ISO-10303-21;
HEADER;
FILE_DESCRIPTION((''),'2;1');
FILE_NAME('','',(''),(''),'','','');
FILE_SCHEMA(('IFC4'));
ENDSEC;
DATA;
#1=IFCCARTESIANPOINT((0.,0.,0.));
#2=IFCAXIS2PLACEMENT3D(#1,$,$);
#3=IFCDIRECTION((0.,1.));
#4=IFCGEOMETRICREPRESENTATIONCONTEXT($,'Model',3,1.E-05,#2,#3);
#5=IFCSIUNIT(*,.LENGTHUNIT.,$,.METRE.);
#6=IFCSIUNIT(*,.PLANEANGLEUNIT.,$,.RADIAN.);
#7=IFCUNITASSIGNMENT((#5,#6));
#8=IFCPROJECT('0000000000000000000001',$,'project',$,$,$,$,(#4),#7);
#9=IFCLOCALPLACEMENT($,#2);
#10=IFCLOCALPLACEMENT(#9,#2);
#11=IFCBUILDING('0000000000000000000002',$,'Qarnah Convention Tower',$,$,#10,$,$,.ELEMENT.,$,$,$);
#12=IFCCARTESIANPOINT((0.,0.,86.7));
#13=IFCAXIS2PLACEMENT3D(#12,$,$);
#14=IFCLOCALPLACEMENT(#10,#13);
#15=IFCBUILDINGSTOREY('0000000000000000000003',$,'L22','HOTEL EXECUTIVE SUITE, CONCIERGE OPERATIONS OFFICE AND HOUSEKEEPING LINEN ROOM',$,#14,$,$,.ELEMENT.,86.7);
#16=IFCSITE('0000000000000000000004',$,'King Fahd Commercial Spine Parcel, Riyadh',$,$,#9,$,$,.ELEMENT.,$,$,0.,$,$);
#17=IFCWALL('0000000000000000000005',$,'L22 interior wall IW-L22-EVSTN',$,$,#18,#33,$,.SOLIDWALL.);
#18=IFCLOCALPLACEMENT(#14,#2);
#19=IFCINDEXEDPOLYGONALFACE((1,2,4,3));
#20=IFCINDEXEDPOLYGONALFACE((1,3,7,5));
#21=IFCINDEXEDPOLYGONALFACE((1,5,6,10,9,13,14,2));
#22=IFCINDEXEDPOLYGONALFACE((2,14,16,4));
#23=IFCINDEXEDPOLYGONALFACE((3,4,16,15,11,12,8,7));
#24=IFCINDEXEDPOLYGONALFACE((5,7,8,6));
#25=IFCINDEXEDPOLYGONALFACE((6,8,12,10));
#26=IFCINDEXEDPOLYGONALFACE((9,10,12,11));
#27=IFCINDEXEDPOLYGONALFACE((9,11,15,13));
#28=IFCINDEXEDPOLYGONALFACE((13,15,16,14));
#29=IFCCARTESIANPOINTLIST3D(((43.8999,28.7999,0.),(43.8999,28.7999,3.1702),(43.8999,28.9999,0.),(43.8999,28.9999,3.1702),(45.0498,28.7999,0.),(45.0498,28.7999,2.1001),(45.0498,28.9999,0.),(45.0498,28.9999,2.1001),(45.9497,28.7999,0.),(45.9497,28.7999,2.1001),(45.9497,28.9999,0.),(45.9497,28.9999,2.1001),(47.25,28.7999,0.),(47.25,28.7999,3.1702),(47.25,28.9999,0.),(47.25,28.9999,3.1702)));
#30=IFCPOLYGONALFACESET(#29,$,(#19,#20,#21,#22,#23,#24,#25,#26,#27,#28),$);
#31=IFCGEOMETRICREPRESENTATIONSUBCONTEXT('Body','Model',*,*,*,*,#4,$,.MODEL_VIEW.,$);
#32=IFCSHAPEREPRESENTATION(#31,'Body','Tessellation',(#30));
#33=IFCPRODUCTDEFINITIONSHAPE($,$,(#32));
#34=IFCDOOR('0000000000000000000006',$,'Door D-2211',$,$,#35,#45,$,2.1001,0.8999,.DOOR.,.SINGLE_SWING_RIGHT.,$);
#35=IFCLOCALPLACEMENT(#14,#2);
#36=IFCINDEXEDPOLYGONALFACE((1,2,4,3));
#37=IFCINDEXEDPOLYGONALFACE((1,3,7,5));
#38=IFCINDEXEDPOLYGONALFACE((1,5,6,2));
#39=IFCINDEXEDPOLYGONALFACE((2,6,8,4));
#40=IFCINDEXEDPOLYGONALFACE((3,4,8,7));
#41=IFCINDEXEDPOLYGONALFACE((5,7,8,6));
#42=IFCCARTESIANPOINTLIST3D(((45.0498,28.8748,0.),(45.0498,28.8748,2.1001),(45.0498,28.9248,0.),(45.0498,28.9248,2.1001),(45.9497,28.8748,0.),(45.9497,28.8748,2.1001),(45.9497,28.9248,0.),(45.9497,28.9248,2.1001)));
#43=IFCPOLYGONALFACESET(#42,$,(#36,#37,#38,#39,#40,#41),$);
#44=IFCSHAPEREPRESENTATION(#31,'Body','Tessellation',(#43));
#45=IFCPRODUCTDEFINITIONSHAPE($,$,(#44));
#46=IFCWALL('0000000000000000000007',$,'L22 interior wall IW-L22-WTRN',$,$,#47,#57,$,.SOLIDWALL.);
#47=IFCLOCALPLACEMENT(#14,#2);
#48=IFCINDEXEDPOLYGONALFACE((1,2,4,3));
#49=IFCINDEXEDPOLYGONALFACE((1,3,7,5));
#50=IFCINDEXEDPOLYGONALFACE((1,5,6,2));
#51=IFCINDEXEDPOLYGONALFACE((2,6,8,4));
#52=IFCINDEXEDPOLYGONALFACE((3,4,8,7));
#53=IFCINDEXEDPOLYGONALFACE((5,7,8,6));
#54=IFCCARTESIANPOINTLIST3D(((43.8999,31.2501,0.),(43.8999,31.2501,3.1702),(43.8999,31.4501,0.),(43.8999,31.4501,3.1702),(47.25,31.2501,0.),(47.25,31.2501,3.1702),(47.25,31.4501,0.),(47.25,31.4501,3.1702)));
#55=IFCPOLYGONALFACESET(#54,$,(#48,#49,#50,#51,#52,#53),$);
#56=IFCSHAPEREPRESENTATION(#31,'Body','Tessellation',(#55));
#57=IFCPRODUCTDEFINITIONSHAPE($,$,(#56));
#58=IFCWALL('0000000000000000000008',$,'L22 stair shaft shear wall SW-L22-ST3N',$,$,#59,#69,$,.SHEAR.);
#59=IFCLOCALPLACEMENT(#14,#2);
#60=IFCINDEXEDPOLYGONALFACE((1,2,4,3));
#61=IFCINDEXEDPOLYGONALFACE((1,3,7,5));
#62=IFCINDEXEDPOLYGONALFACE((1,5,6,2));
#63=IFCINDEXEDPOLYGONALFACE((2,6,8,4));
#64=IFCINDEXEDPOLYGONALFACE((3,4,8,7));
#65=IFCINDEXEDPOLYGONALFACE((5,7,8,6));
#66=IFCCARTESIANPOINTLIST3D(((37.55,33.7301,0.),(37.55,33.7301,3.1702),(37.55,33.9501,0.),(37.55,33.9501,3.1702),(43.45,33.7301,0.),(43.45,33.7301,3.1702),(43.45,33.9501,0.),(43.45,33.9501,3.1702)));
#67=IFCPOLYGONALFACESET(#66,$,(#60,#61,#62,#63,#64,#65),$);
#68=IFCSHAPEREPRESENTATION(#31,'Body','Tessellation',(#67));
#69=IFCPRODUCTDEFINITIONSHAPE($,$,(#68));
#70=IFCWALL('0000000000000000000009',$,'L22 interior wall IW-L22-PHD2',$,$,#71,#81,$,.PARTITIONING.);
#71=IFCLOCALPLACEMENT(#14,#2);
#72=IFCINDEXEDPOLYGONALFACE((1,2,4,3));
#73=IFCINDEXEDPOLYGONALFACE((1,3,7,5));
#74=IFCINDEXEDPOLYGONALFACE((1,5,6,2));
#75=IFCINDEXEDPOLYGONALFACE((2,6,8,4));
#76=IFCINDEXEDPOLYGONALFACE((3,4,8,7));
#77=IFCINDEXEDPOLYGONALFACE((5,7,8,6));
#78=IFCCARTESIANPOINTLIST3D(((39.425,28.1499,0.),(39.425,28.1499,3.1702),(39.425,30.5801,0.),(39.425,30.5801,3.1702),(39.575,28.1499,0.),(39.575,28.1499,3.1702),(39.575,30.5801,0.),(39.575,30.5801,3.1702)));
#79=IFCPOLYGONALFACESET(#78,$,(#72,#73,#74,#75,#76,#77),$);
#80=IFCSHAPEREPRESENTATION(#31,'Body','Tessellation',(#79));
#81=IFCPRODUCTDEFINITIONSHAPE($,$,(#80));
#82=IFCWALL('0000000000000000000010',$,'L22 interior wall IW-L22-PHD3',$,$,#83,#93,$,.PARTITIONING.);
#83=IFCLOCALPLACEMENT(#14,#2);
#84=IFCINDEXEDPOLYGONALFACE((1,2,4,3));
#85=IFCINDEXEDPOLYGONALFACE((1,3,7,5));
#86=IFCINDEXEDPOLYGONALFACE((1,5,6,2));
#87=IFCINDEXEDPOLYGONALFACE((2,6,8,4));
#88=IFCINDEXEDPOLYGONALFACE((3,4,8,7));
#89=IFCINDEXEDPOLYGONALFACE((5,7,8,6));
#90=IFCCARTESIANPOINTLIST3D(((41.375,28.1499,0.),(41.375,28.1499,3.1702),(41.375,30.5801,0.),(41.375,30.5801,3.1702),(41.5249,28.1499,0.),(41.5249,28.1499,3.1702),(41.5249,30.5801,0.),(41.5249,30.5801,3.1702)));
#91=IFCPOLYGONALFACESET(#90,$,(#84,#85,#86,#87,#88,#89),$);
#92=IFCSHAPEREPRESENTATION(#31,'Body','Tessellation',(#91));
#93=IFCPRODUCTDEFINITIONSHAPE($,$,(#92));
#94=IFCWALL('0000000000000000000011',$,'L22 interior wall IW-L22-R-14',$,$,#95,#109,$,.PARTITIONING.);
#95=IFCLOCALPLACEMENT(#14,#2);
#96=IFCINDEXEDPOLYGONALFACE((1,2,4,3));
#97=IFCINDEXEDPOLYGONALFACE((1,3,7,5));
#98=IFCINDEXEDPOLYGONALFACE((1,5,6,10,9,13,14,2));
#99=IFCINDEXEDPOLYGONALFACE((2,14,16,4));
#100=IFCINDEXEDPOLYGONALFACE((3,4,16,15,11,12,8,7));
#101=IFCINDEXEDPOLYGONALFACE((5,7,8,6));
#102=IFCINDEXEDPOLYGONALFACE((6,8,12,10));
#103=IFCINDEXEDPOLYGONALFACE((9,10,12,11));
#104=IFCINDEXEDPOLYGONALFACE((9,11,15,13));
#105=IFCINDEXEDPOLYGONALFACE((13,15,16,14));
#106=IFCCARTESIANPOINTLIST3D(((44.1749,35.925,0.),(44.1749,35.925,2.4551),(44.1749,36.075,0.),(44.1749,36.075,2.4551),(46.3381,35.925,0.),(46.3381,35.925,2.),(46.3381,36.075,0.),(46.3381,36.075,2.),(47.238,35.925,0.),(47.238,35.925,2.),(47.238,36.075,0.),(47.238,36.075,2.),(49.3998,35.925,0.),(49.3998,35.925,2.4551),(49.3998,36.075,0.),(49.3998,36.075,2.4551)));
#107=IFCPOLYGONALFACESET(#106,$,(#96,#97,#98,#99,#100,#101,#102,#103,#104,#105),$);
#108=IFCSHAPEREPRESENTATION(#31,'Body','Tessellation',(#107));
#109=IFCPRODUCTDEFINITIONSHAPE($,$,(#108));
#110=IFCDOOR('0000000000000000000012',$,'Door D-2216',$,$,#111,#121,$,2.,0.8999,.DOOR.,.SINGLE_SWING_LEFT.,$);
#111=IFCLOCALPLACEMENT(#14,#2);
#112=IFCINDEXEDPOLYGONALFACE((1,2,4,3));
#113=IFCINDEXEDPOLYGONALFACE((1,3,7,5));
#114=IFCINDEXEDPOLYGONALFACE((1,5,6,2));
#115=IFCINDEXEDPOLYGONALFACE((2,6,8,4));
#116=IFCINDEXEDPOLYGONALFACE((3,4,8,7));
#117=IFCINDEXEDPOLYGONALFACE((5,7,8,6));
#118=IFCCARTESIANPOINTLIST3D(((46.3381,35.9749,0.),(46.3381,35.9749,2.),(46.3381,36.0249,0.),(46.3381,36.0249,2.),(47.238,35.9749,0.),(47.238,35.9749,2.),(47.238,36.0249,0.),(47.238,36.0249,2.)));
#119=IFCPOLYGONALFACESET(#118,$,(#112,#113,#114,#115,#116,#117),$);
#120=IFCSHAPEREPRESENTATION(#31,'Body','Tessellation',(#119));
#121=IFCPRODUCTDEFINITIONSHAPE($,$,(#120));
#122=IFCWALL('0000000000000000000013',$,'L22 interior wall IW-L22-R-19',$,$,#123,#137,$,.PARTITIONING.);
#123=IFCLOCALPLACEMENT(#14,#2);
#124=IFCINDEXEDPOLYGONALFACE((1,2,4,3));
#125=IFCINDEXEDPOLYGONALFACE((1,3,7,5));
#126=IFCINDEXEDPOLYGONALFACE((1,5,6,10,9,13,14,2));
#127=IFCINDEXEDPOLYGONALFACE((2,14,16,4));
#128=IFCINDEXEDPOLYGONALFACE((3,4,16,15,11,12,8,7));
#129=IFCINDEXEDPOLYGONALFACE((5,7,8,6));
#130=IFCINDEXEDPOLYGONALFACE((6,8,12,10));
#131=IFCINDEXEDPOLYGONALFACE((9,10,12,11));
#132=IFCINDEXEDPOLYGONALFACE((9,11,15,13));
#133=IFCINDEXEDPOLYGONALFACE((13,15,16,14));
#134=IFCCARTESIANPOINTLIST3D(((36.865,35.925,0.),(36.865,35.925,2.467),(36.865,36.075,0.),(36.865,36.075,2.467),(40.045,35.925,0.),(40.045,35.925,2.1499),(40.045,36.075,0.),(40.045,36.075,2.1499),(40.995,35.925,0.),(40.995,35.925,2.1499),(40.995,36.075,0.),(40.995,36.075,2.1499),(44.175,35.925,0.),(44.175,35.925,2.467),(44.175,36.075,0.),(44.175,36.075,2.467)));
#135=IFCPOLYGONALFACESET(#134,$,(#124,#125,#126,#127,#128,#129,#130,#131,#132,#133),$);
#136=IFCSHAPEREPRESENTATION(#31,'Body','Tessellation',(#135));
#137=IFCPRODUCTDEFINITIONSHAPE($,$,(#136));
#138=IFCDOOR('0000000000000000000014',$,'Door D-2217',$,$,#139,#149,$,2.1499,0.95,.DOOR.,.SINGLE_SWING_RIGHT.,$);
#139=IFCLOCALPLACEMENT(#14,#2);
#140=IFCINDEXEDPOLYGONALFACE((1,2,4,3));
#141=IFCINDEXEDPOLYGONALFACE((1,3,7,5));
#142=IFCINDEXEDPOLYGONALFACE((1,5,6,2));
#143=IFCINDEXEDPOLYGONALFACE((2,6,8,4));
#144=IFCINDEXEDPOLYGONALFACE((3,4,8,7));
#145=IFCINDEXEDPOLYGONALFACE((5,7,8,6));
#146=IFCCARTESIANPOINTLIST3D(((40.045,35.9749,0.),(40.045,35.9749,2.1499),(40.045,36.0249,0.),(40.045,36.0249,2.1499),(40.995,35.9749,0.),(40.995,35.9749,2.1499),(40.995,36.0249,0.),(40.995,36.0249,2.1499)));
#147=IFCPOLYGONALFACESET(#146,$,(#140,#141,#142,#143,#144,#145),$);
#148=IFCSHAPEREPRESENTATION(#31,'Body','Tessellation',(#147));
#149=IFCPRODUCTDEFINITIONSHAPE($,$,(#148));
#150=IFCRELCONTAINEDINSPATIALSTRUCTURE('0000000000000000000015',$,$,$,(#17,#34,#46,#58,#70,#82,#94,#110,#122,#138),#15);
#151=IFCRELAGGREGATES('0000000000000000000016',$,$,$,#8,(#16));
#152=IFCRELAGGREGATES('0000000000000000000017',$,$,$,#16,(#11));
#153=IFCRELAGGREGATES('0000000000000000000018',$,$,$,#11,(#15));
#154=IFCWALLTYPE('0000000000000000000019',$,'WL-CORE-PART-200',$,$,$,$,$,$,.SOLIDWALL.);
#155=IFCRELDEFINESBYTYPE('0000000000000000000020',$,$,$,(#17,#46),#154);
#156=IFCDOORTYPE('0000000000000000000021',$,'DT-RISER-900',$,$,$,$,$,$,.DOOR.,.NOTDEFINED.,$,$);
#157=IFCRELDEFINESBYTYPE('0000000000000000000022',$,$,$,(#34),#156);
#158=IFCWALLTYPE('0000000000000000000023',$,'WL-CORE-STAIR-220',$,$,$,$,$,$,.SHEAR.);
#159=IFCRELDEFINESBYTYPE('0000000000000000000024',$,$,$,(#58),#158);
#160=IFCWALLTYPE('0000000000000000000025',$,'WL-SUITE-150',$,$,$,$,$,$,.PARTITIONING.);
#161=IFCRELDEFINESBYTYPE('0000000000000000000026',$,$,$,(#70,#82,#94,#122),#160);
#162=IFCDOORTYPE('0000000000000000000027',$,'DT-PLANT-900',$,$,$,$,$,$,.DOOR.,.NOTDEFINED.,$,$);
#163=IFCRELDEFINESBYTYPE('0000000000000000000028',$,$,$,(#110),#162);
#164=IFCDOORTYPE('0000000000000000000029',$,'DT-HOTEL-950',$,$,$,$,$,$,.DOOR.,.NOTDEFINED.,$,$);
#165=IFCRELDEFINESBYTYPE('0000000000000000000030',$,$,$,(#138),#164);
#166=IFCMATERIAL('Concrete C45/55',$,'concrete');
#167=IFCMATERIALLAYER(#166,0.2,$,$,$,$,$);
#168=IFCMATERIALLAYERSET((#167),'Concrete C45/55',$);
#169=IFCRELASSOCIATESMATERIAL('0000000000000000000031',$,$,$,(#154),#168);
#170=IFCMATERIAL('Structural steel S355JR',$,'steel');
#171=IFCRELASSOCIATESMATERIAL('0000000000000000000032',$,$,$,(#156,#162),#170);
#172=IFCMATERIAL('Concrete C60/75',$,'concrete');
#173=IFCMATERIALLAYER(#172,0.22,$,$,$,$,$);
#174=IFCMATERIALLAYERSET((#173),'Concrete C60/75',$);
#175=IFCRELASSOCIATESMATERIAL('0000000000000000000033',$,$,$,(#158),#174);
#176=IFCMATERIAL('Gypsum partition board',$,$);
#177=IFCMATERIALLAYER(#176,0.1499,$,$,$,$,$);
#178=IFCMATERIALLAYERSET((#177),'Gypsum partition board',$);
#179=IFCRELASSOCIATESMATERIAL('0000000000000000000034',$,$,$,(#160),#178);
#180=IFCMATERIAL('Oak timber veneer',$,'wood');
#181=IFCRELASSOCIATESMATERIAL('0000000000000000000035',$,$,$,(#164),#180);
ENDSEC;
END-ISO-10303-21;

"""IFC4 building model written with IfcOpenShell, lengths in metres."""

from ifc_helpers import new_model, si_unit, direction, frame, frame_2d, origin, place, context, subcontext, project, spatial, rectangle, extrude, material, layer, layer_set, type_object, element, fill, save


model = new_model("IFC4")

# Units and contexts
model_context = context("Model", 3, precision=1e-05, world=origin(), true_north=direction((0.0, 1.0)))
body_context = subcontext(model_context, "Body", "Model", "MODEL_VIEW")
ifc_project = project(units=[si_unit("LENGTHUNIT", "METRE"), si_unit("PLANEANGLEUNIT", "RADIAN")], contexts=[model_context])

# Site, building, storey
site_placement = place(None, origin())
site = spatial("IfcSite", under=ifc_project, at=site_placement, Name="King Fahd Commercial Spine Parcel, Riyadh", CompositionType="ELEMENT", RefElevation=0.0)
building_placement = place(site_placement, origin())
building = spatial("IfcBuilding", under=site, at=building_placement, Name="Qarnah Convention Tower", CompositionType="ELEMENT")
storey_placement = place(building_placement, frame((0.0, 0.0, 86.7)))
storey = spatial("IfcBuildingStorey", under=building, at=storey_placement, Name="L22", Description="HOTEL EXECUTIVE SUITE, CONCIERGE OPERATIONS OFFICE AND HOUSEKEEPING LINEN ROOM", CompositionType="ELEMENT", Elevation=86.7)

# Shared definitions
ifc_material_1 = material(Name="Structural steel S355JR", Category="steel")

# Wall, opening, door
ifc_material_2 = material(Name="Concrete C45/55", Category="concrete")
ifc_layer_1 = layer(ifc_material_2, 0.2)
ifc_layer_set_1 = layer_set([ifc_layer_1], Name="Concrete C45/55")
wall_type_1 = type_object("IfcWallType", Name="WL-CORE-PART-200", PredefinedType="SOLIDWALL", material=ifc_layer_set_1)
wall_1_placement = place(storey_placement, frame((43.8999, 28.8999, 0.0), z_axis=(0.0, 0.0, 1.0), x_axis=(1.0, 0.0, 0.0)))
wall_1 = element("IfcWall", 1, at=wall_1_placement, inside=storey, type_object=wall_type_1, Name="L22 interior wall IW-L22-EVSTN", PredefinedType="SOLIDWALL", context=body_context, shape_type="SweptSolid", body=[
    extrude(rectangle(XDim=3.3501, YDim=0.2, at=frame_2d((1.675, 0.0))), origin(), (0.0, 0.0, 1.0), 3.1702),
])
opening_1_placement = place(wall_1_placement, frame((1.1499, 0.0, 0.0)))
opening_1 = element("IfcOpeningElement", 2, at=opening_1_placement, cuts=wall_1, PredefinedType="OPENING", context=body_context, shape_type="SweptSolid", body=[
    extrude(rectangle(XDim=0.8999, YDim=2.1001, at=frame_2d((0.45, 1.05))), frame((0.0, 0.1099, 0.0), z_axis=(0.0, -1.0, 0.0), x_axis=(1.0, 0.0, 0.0)), (0.0, 0.0, 1.0), 0.22),
])
door_type_1 = type_object("IfcDoorType", Name="DT-RISER-900", OperationType="NOTDEFINED", PredefinedType="DOOR", material=ifc_material_1)
door_1_placement = place(opening_1_placement, origin())
door_1 = element("IfcDoor", 3, at=door_1_placement, inside=storey, type_object=door_type_1, Name="Door D-2211", OperationType="SINGLE_SWING_RIGHT", OverallHeight=2.1001, OverallWidth=0.8999, PredefinedType="DOOR", context=body_context, shape_type="SweptSolid", body=[
    extrude(rectangle(XDim=0.8999, YDim=2.1001, at=frame_2d((0.45, 1.05))), frame((0.0, 0.0249, 0.0), z_axis=(0.0, -1.0, 0.0), x_axis=(1.0, 0.0, 0.0)), (0.0, 0.0, 1.0), 0.05),
])
fill(opening_1, door_1)

# Walls
wall_2_placement = place(storey_placement, frame((43.8999, 31.3501, 0.0), z_axis=(0.0, 0.0, 1.0), x_axis=(1.0, 0.0, 0.0)))
element("IfcWall", 4, at=wall_2_placement, inside=storey, type_object=wall_type_1, Name="L22 interior wall IW-L22-WTRN", PredefinedType="SOLIDWALL", context=body_context, shape_type="SweptSolid", body=[
    extrude(rectangle(XDim=3.3501, YDim=0.2, at=frame_2d((1.675, 0.0))), origin(), (0.0, 0.0, 1.0), 3.1702),
])
ifc_material_3 = material(Name="Concrete C60/75", Category="concrete")
ifc_layer_2 = layer(ifc_material_3, 0.22)
ifc_layer_set_2 = layer_set([ifc_layer_2], Name="Concrete C60/75")
wall_type_2 = type_object("IfcWallType", Name="WL-CORE-STAIR-220", PredefinedType="SHEAR", material=ifc_layer_set_2)
wall_3_placement = place(storey_placement, frame((37.55, 33.8401, 0.0), z_axis=(0.0, 0.0, 1.0), x_axis=(1.0, 0.0, 0.0)))
element("IfcWall", 5, at=wall_3_placement, inside=storey, type_object=wall_type_2, Name="L22 stair shaft shear wall SW-L22-ST3N", PredefinedType="SHEAR", context=body_context, shape_type="SweptSolid", body=[
    extrude(rectangle(XDim=5.8999, YDim=0.22, at=frame_2d((2.95, 0.0))), origin(), (0.0, 0.0, 1.0), 3.1702),
])
ifc_material_4 = material(Name="Gypsum partition board")
ifc_layer_3 = layer(ifc_material_4, 0.1499)
ifc_layer_set_3 = layer_set([ifc_layer_3], Name="Gypsum partition board")
wall_type_3 = type_object("IfcWallType", Name="WL-SUITE-150", PredefinedType="PARTITIONING", material=ifc_layer_set_3)
for number, where, z_axis, x_axis, name in (
    (6, (39.5, 28.1499, 0.0), (0.0, 0.0, 1.0), (0.0, 1.0, 0.0), "L22 interior wall IW-L22-PHD2"),
    (7, (41.45, 28.1499, 0.0), (0.0, 0.0, 1.0), (0.0, 1.0, 0.0), "L22 interior wall IW-L22-PHD3"),
):
    element("IfcWall", number, at=place(storey_placement, frame(where, z_axis=z_axis, x_axis=x_axis)), inside=storey, type_object=wall_type_3, Name=name, PredefinedType="PARTITIONING", context=body_context, shape_type="SweptSolid", body=[
        extrude(rectangle(XDim=2.4302, YDim=0.1499, at=frame_2d((1.2151, 0.0))), origin(), (0.0, 0.0, 1.0), 3.1702),
    ])

# Walls, openings, doors
wall_4_placement = place(storey_placement, frame((44.175, 36.0, 0.0), z_axis=(0.0, 0.0, 1.0), x_axis=(1.0, 0.0, 0.0)))
wall_4 = element("IfcWall", 8, at=wall_4_placement, inside=storey, type_object=wall_type_3, Name="L22 interior wall IW-L22-R-14", PredefinedType="PARTITIONING", context=body_context, shape_type="SweptSolid", body=[
    extrude(rectangle(XDim=5.2249, YDim=0.1499, at=frame_2d((2.6123, 0.0))), origin(), (0.0, 0.0, 1.0), 2.4551),
])
opening_2_placement = place(wall_4_placement, frame((2.1631, 0.0, 0.0)))
opening_2 = element("IfcOpeningElement", 9, at=opening_2_placement, cuts=wall_4, PredefinedType="OPENING", context=body_context, shape_type="SweptSolid", body=[
    extrude(rectangle(XDim=0.8999, YDim=2.0, at=frame_2d((0.45, 1.0))), frame((0.0, 0.085, 0.0), z_axis=(0.0, -1.0, 0.0), x_axis=(1.0, 0.0, 0.0)), (0.0, 0.0, 1.0), 0.1699),
])
door_type_2 = type_object("IfcDoorType", Name="DT-PLANT-900", OperationType="NOTDEFINED", PredefinedType="DOOR", material=ifc_material_1)
door_2_placement = place(opening_2_placement, origin())
door_2 = element("IfcDoor", 10, at=door_2_placement, inside=storey, type_object=door_type_2, Name="Door D-2216", OperationType="SINGLE_SWING_LEFT", OverallHeight=2.0, OverallWidth=0.8999, PredefinedType="DOOR", context=body_context, shape_type="SweptSolid", body=[
    extrude(rectangle(XDim=0.8999, YDim=2.0, at=frame_2d((0.45, 1.0))), frame((0.0, 0.0249, 0.0), z_axis=(0.0, -1.0, 0.0), x_axis=(1.0, 0.0, 0.0)), (0.0, 0.0, 1.0), 0.05),
])
fill(opening_2, door_2)
wall_5_placement = place(storey_placement, frame((36.865, 36.0, 0.0), z_axis=(0.0, 0.0, 1.0), x_axis=(1.0, 0.0, 0.0)))
wall_5 = element("IfcWall", 11, at=wall_5_placement, inside=storey, type_object=wall_type_3, Name="L22 interior wall IW-L22-R-19", PredefinedType="PARTITIONING", context=body_context, shape_type="SweptSolid", body=[
    extrude(rectangle(XDim=7.3101, YDim=0.1499, at=frame_2d((3.655, 0.0))), origin(), (0.0, 0.0, 1.0), 2.467),
])
opening_3_placement = place(wall_5_placement, frame((3.1799, 0.0, 0.0)))
opening_3 = element("IfcOpeningElement", 12, at=opening_3_placement, cuts=wall_5, PredefinedType="OPENING", context=body_context, shape_type="SweptSolid", body=[
    extrude(rectangle(XDim=0.95, YDim=2.1499, at=frame_2d((0.4751, 1.075))), frame((0.0, 0.085, 0.0), z_axis=(0.0, -1.0, 0.0), x_axis=(1.0, 0.0, 0.0)), (0.0, 0.0, 1.0), 0.1699),
])
ifc_material_5 = material(Name="Oak timber veneer", Category="wood")
door_type_3 = type_object("IfcDoorType", Name="DT-HOTEL-950", OperationType="NOTDEFINED", PredefinedType="DOOR", material=ifc_material_5)
door_3_placement = place(opening_3_placement, origin())
door_3 = element("IfcDoor", 13, at=door_3_placement, inside=storey, type_object=door_type_3, Name="Door D-2217", OperationType="SINGLE_SWING_RIGHT", OverallHeight=2.1499, OverallWidth=0.95, PredefinedType="DOOR", context=body_context, shape_type="SweptSolid", body=[
    extrude(rectangle(XDim=0.95, YDim=2.1499, at=frame_2d((0.4751, 1.075))), frame((0.0, 0.0249, 0.0), z_axis=(0.0, -1.0, 0.0), x_axis=(1.0, 0.0, 0.0)), (0.0, 0.0, 1.0), 0.05),
])
fill(opening_3, door_3)

save(model, "model.ifc")
